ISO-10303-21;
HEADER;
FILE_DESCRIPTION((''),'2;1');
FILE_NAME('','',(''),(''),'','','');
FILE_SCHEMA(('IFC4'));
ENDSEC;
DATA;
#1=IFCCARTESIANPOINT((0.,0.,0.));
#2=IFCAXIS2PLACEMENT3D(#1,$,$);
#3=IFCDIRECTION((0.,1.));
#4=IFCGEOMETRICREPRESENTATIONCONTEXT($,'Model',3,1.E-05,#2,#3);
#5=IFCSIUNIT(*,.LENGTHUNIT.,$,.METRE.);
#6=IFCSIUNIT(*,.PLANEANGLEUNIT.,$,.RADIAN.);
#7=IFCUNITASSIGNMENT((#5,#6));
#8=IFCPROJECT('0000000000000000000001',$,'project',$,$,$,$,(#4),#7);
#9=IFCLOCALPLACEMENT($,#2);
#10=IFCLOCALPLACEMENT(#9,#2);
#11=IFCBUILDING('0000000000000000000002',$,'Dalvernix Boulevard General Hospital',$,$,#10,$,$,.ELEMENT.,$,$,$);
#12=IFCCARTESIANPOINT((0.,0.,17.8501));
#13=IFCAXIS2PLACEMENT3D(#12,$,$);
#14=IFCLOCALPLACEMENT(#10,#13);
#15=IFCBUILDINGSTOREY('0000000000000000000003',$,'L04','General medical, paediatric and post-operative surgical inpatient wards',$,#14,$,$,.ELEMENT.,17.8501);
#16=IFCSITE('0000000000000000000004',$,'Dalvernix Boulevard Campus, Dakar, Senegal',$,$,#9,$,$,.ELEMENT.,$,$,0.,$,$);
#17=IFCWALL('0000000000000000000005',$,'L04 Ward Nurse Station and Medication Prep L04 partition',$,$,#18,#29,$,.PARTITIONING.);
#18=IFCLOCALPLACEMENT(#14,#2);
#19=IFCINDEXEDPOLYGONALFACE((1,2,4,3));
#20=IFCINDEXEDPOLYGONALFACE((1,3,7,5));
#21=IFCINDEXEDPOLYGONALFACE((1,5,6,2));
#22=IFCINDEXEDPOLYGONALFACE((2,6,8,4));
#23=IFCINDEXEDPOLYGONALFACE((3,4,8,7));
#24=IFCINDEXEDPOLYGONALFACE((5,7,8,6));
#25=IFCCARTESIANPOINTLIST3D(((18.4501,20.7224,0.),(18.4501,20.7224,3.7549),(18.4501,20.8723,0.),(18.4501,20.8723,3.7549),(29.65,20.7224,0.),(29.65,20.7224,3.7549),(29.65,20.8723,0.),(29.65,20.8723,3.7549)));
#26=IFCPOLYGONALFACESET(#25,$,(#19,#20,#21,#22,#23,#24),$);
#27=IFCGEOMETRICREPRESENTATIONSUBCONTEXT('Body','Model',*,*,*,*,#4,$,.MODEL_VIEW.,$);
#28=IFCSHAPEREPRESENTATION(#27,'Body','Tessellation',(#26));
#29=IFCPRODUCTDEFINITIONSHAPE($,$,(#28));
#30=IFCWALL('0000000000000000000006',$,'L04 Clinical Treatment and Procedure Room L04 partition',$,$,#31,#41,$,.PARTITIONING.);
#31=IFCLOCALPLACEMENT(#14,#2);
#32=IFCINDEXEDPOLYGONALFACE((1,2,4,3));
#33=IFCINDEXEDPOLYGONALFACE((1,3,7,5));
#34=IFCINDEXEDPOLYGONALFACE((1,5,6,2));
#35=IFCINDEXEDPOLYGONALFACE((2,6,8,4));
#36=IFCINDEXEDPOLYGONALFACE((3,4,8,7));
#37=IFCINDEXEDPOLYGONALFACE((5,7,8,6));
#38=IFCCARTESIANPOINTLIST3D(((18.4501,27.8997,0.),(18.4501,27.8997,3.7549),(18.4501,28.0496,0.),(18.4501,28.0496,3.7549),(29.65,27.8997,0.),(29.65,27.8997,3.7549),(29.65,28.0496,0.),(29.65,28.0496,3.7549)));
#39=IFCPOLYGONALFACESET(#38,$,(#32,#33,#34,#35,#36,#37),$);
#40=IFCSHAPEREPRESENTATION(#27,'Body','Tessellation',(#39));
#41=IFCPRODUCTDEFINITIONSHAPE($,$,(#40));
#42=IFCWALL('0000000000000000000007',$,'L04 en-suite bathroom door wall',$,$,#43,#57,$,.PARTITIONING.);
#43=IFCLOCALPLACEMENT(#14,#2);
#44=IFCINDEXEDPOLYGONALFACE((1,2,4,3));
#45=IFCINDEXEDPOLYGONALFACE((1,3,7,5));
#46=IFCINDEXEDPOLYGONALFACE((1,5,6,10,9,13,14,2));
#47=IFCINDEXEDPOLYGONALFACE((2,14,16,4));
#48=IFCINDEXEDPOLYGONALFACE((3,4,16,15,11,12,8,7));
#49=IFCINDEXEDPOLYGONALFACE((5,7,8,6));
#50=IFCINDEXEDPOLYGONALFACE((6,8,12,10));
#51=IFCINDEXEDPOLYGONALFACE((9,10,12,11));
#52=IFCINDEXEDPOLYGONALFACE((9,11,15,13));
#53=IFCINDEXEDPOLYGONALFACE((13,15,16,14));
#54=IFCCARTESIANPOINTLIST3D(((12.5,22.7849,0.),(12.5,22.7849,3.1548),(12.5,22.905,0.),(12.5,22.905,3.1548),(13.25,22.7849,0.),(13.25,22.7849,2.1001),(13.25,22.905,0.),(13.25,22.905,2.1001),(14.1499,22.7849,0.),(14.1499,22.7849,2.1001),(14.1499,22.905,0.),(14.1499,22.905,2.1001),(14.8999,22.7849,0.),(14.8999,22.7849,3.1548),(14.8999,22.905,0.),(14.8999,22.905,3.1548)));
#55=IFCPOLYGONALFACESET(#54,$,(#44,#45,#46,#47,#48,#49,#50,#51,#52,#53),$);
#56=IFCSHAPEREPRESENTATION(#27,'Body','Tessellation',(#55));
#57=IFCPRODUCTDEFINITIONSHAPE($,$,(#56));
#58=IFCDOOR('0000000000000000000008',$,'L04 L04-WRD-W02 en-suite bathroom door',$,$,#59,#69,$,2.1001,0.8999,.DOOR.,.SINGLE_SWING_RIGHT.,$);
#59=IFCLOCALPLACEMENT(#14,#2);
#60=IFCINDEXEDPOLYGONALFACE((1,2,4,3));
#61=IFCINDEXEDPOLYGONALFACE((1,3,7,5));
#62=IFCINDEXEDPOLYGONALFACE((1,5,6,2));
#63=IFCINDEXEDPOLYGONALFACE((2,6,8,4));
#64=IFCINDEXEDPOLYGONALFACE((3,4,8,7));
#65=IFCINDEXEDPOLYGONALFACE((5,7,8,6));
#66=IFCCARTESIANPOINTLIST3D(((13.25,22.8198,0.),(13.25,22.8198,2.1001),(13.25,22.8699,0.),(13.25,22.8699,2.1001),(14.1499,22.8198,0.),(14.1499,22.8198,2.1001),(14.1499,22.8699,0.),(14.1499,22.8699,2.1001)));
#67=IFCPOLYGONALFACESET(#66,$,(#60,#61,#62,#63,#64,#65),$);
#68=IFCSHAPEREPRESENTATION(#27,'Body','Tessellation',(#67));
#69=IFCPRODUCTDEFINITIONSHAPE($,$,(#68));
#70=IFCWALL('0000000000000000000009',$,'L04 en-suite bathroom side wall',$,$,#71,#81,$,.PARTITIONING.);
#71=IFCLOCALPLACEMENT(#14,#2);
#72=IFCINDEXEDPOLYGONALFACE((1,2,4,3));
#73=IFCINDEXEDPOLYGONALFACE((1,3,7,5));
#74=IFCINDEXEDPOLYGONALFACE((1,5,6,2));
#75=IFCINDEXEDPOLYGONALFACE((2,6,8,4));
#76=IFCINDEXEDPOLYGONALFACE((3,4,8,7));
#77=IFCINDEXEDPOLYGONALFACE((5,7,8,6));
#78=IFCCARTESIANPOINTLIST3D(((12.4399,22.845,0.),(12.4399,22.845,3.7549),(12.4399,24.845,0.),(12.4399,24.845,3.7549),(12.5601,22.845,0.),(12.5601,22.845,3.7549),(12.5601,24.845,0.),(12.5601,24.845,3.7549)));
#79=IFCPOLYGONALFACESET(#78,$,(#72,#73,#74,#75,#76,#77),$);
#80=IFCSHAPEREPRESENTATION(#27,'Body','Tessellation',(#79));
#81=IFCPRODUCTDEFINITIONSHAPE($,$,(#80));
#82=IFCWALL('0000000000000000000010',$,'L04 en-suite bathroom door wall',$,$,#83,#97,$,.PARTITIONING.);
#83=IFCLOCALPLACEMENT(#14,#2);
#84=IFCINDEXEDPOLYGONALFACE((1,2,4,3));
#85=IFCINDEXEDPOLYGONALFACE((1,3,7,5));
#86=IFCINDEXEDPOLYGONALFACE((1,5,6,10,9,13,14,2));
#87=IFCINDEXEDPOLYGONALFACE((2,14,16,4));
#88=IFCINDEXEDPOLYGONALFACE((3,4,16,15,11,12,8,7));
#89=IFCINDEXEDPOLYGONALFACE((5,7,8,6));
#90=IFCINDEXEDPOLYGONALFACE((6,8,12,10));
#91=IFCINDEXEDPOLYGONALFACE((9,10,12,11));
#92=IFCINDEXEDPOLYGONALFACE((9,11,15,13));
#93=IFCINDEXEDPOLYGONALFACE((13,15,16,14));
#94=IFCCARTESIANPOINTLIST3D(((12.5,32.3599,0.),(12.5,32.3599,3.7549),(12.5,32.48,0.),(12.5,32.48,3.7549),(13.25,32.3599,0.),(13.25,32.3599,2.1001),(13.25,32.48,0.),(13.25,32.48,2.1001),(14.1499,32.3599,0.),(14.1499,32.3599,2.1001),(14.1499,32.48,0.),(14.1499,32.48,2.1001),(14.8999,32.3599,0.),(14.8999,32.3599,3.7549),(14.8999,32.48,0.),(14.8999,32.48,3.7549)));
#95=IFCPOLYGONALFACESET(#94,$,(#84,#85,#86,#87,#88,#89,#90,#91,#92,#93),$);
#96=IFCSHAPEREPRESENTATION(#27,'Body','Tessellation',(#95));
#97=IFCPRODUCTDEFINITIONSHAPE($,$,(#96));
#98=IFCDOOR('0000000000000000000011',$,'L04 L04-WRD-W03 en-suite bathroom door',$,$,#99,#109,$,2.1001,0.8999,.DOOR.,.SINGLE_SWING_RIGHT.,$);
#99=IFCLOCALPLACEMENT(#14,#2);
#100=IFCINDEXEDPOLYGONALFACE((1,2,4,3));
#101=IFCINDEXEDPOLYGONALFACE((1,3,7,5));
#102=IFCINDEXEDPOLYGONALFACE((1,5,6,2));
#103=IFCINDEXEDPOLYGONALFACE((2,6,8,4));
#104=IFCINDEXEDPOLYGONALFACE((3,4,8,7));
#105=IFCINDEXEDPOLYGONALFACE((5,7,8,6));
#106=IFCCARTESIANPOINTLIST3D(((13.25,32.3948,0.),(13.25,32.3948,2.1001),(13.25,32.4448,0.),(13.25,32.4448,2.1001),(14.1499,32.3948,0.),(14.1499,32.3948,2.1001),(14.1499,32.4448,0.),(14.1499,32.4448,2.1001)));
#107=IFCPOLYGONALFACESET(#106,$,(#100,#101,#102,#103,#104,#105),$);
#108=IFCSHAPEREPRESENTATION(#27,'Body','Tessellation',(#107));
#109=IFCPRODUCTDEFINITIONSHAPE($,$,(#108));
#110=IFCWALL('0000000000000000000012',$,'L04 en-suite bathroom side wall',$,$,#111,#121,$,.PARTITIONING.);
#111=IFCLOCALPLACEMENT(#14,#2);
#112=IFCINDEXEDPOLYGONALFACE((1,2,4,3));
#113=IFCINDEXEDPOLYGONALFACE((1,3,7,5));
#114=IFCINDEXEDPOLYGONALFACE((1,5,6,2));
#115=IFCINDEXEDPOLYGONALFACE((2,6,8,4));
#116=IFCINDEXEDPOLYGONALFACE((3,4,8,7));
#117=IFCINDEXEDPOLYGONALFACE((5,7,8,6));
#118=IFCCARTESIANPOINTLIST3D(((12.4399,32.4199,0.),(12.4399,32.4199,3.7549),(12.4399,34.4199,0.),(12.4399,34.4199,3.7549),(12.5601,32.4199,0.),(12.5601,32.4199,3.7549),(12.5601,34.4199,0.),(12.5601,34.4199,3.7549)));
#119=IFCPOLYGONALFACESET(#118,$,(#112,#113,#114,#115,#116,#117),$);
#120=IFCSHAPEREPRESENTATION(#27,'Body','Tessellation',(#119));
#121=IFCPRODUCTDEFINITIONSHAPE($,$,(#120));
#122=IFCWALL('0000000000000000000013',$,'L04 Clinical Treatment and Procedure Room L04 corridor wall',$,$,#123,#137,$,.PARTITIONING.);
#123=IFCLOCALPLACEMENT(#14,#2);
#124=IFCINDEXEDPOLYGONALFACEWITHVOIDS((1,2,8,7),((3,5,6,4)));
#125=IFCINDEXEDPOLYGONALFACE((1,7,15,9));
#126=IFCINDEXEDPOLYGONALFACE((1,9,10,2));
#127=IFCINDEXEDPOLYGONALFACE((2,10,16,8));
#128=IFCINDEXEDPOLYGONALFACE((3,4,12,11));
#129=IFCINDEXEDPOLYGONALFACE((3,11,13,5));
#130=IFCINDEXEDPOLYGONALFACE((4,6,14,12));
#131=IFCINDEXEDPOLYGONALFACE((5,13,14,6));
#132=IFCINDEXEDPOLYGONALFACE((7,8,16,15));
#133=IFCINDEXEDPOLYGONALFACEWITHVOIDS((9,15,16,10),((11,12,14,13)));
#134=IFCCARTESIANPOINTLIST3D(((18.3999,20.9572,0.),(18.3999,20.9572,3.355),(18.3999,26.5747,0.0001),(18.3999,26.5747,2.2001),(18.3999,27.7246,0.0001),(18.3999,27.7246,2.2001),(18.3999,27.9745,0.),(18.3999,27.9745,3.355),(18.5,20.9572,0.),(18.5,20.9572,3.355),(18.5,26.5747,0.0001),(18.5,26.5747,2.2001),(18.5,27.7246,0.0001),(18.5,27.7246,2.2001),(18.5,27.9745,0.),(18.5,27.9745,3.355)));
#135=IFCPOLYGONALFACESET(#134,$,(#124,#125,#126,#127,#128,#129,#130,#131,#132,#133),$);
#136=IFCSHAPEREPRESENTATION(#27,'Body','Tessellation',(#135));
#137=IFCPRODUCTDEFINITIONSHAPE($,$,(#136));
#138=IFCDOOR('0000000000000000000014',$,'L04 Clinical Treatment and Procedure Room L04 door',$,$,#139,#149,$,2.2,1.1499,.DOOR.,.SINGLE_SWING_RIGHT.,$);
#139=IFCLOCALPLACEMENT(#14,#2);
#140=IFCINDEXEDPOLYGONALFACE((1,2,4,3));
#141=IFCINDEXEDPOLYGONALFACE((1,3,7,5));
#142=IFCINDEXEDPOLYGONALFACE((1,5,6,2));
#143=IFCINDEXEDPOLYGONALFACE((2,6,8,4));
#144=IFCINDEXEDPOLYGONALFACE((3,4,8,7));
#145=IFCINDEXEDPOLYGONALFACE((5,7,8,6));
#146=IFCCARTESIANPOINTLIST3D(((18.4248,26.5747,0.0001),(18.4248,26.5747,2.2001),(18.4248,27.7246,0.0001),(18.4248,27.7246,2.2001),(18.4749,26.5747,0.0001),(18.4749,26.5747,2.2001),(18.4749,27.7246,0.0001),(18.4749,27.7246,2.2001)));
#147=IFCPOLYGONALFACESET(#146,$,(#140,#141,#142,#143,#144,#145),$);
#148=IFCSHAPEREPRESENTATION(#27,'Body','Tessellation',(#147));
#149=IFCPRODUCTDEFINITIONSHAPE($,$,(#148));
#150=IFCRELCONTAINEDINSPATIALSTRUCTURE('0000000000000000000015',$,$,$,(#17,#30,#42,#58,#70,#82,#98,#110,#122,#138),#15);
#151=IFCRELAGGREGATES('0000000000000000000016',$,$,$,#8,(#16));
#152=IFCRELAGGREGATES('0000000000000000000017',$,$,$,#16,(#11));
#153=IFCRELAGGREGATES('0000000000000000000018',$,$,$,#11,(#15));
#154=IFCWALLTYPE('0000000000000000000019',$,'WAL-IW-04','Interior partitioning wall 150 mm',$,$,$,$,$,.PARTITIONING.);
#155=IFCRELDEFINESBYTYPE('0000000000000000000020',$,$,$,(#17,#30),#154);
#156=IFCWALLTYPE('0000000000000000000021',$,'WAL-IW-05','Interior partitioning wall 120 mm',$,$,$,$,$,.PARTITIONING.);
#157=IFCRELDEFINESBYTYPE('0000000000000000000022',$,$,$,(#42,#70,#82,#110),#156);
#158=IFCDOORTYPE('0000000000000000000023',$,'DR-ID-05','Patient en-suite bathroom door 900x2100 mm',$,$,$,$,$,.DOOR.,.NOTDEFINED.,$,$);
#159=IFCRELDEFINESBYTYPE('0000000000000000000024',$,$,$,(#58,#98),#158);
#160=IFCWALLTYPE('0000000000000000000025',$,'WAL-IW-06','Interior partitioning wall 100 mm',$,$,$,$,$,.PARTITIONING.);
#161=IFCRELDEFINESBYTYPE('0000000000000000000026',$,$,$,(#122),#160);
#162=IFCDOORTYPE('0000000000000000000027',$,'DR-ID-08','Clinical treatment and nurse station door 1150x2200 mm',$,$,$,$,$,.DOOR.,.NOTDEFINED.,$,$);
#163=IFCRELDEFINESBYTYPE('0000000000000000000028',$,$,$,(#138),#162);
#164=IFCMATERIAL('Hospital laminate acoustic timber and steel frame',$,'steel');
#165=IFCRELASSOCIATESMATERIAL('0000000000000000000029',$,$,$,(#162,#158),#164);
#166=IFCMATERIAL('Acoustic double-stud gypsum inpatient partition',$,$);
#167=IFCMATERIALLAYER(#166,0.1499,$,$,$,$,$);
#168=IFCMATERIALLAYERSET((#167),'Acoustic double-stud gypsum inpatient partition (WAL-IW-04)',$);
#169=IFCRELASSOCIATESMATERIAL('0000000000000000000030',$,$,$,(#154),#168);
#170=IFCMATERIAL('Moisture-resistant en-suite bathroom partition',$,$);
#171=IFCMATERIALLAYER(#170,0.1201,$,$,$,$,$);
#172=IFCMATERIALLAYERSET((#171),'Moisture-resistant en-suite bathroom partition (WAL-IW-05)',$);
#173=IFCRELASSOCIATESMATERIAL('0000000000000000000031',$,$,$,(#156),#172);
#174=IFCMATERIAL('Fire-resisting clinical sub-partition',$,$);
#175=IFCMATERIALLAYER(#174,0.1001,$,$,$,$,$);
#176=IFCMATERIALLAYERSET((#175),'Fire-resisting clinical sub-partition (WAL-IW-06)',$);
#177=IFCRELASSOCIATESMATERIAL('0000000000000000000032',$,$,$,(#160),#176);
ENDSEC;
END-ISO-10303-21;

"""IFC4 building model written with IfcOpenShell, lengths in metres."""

from ifc_helpers import new_model, si_unit, direction, frame, frame_2d, origin, place, context, subcontext, project, spatial, rectangle, extrude, material, layer, layer_set, type_object, element, fill, save


model = new_model("IFC4")

# Units and contexts
model_context = context("Model", 3, precision=1e-05, world=origin(), true_north=direction((0.0, 1.0)))
body_context = subcontext(model_context, "Body", "Model", "MODEL_VIEW")
ifc_project = project(units=[si_unit("LENGTHUNIT", "METRE"), si_unit("PLANEANGLEUNIT", "RADIAN")], contexts=[model_context])

# Site, building, storey
site_placement = place(None, origin())
site = spatial("IfcSite", under=ifc_project, at=site_placement, Name="Dalvernix Boulevard Campus, Dakar, Senegal", CompositionType="ELEMENT", RefElevation=0.0)
building_placement = place(site_placement, origin())
building = spatial("IfcBuilding", under=site, at=building_placement, Name="Dalvernix Boulevard General Hospital", CompositionType="ELEMENT")
storey_placement = place(building_placement, frame((0.0, 0.0, 17.8501)))
storey = spatial("IfcBuildingStorey", under=building, at=storey_placement, Name="L04", Description="General medical, paediatric and post-operative surgical inpatient wards", CompositionType="ELEMENT", Elevation=17.8501)

# Shared definitions
ifc_material_1 = material(Name="Hospital laminate acoustic timber and steel frame", Category="steel")
door_type_1 = type_object("IfcDoorType", Name="DR-ID-08", Description="Clinical treatment and nurse station door 1150x2200 mm", OperationType="NOTDEFINED", PredefinedType="DOOR", material=ifc_material_1)
ifc_material_2 = material(Name="Acoustic double-stud gypsum inpatient partition")
ifc_layer_1 = layer(ifc_material_2, 0.1499)
ifc_layer_set_1 = layer_set([ifc_layer_1], Name="Acoustic double-stud gypsum inpatient partition (WAL-IW-04)")
wall_type_1 = type_object("IfcWallType", Name="WAL-IW-04", Description="Interior partitioning wall 150 mm", PredefinedType="PARTITIONING", material=ifc_layer_set_1)

# Walls
for number, where, z_axis, x_axis, name in (
    (1, (18.45, 20.7974, 0.0), (0.0, 0.0, 1.0), (1.0, 0.0, 0.0), "L04 Ward Nurse Station and Medication Prep L04 partition"),
    (2, (18.45, 27.9746, 0.0), (0.0, 0.0, 1.0), (1.0, 0.0, 0.0), "L04 Clinical Treatment and Procedure Room L04 partition"),
):
    element("IfcWall", number, at=place(storey_placement, frame(where, z_axis=z_axis, x_axis=x_axis)), inside=storey, type_object=wall_type_1, Name=name, PredefinedType="PARTITIONING", context=body_context, shape_type="SweptSolid", body=[
        extrude(rectangle(XDim=11.2, YDim=0.1499, at=frame_2d((5.6001, 0.0))), origin(), (0.0, 0.0, 1.0), 3.7549),
    ])

# Wall, opening, door
ifc_material_3 = material(Name="Moisture-resistant en-suite bathroom partition")
ifc_layer_2 = layer(ifc_material_3, 0.1201)
ifc_layer_set_2 = layer_set([ifc_layer_2], Name="Moisture-resistant en-suite bathroom partition (WAL-IW-05)")
wall_type_2 = type_object("IfcWallType", Name="WAL-IW-05", Description="Interior partitioning wall 120 mm", PredefinedType="PARTITIONING", material=ifc_layer_set_2)
wall_1_placement = place(storey_placement, frame((12.5, 22.845, 0.0), z_axis=(0.0, 0.0, 1.0), x_axis=(1.0, 0.0, 0.0)))
wall_1 = element("IfcWall", 3, at=wall_1_placement, inside=storey, type_object=wall_type_2, Name="L04 en-suite bathroom door wall", PredefinedType="PARTITIONING", context=body_context, shape_type="SweptSolid", body=[
    extrude(rectangle(XDim=2.3999, YDim=0.1201, at=frame_2d((1.2, 0.0))), origin(), (0.0, 0.0, 1.0), 3.1548),
])
opening_1_placement = place(wall_1_placement, frame((0.75, 0.0, 0.0)))
opening_1 = element("IfcOpeningElement", 4, at=opening_1_placement, cuts=wall_1, PredefinedType="OPENING", context=body_context, shape_type="SweptSolid", body=[
    extrude(rectangle(XDim=0.8999, YDim=2.1001, at=frame_2d((0.45, 1.05))), frame((0.0, 0.0701, 0.0), z_axis=(0.0, -1.0, 0.0), x_axis=(1.0, 0.0, 0.0)), (0.0, 0.0, 1.0), 0.1401),
])
door_type_2 = type_object("IfcDoorType", Name="DR-ID-05", Description="Patient en-suite bathroom door 900x2100 mm", OperationType="NOTDEFINED", PredefinedType="DOOR", material=ifc_material_1)
door_1_placement = place(opening_1_placement, origin())
door_1 = element("IfcDoor", 5, at=door_1_placement, inside=storey, type_object=door_type_2, Name="L04 L04-WRD-W02 en-suite bathroom door", OperationType="SINGLE_SWING_RIGHT", OverallHeight=2.1001, OverallWidth=0.8999, PredefinedType="DOOR", context=body_context, shape_type="SweptSolid", body=[
    extrude(rectangle(XDim=0.8999, YDim=2.1001, at=frame_2d((0.45, 1.05))), frame((0.0, 0.0249, 0.0), z_axis=(0.0, -1.0, 0.0), x_axis=(1.0, 0.0, 0.0)), (0.0, 0.0, 1.0), 0.05),
])
fill(opening_1, door_1)

# Wall
wall_2_placement = place(storey_placement, frame((12.5, 22.845, 0.0), z_axis=(0.0, 0.0, 1.0), x_axis=(0.0, 1.0, 0.0)))
element("IfcWall", 6, at=wall_2_placement, inside=storey, type_object=wall_type_2, Name="L04 en-suite bathroom side wall", PredefinedType="PARTITIONING", context=body_context, shape_type="SweptSolid", body=[
    extrude(rectangle(XDim=2.0, YDim=0.1201, at=frame_2d((1.0, 0.0))), origin(), (0.0, 0.0, 1.0), 3.7549),
])

# Wall, opening, door
wall_3_placement = place(storey_placement, frame((12.5, 32.4199, 0.0), z_axis=(0.0, 0.0, 1.0), x_axis=(1.0, 0.0, 0.0)))
wall_3 = element("IfcWall", 7, at=wall_3_placement, inside=storey, type_object=wall_type_2, Name="L04 en-suite bathroom door wall", PredefinedType="PARTITIONING", context=body_context, shape_type="SweptSolid", body=[
    extrude(rectangle(XDim=2.3999, YDim=0.1201, at=frame_2d((1.2, 0.0))), origin(), (0.0, 0.0, 1.0), 3.7549),
])
opening_2_placement = place(wall_3_placement, frame((0.75, 0.0, 0.0)))
opening_2 = element("IfcOpeningElement", 8, at=opening_2_placement, cuts=wall_3, PredefinedType="OPENING", context=body_context, shape_type="SweptSolid", body=[
    extrude(rectangle(XDim=0.8999, YDim=2.1001, at=frame_2d((0.45, 1.05))), frame((0.0, 0.0701, 0.0), z_axis=(0.0, -1.0, 0.0), x_axis=(1.0, 0.0, 0.0)), (0.0, 0.0, 1.0), 0.1401),
])
door_2_placement = place(opening_2_placement, origin())
door_2 = element("IfcDoor", 9, at=door_2_placement, inside=storey, type_object=door_type_2, Name="L04 L04-WRD-W03 en-suite bathroom door", OperationType="SINGLE_SWING_RIGHT", OverallHeight=2.1001, OverallWidth=0.8999, PredefinedType="DOOR", context=body_context, shape_type="SweptSolid", body=[
    extrude(rectangle(XDim=0.8999, YDim=2.1001, at=frame_2d((0.45, 1.05))), frame((0.0, 0.0249, 0.0), z_axis=(0.0, -1.0, 0.0), x_axis=(1.0, 0.0, 0.0)), (0.0, 0.0, 1.0), 0.05),
])
fill(opening_2, door_2)

# Wall
wall_4_placement = place(storey_placement, frame((12.5, 32.4199, 0.0), z_axis=(0.0, 0.0, 1.0), x_axis=(0.0, 1.0, 0.0)))
element("IfcWall", 10, at=wall_4_placement, inside=storey, type_object=wall_type_2, Name="L04 en-suite bathroom side wall", PredefinedType="PARTITIONING", context=body_context, shape_type="SweptSolid", body=[
    extrude(rectangle(XDim=2.0, YDim=0.1201, at=frame_2d((1.0, 0.0))), origin(), (0.0, 0.0, 1.0), 3.7549),
])

# Wall, opening, door
ifc_material_4 = material(Name="Fire-resisting clinical sub-partition")
ifc_layer_3 = layer(ifc_material_4, 0.1001)
ifc_layer_set_3 = layer_set([ifc_layer_3], Name="Fire-resisting clinical sub-partition (WAL-IW-06)")
wall_type_3 = type_object("IfcWallType", Name="WAL-IW-06", Description="Interior partitioning wall 100 mm", PredefinedType="PARTITIONING", material=ifc_layer_set_3)
wall_5_placement = place(storey_placement, frame((18.45, 27.9746, 0.0), z_axis=(0.0, 0.0, 1.0), x_axis=(0.0, -1.0, 0.0)))
wall_5 = element("IfcWall", 11, at=wall_5_placement, inside=storey, type_object=wall_type_3, Name="L04 Clinical Treatment and Procedure Room L04 corridor wall", PredefinedType="PARTITIONING", context=body_context, shape_type="SweptSolid", body=[
    extrude(rectangle(XDim=7.0173, YDim=0.1001, at=frame_2d((3.5088, 0.0))), origin(), (0.0, 0.0, 1.0), 3.355),
])
opening_3_placement = place(wall_5_placement, frame((0.25, 0.0, 0.0)))
opening_3 = element("IfcOpeningElement", 12, at=opening_3_placement, cuts=wall_5, PredefinedType="OPENING", context=body_context, shape_type="SweptSolid", body=[
    extrude(rectangle(XDim=1.1499, YDim=2.2, at=frame_2d((0.575, 1.1001))), frame((0.0, 0.0601, 0.0), z_axis=(0.0, -1.0, 0.0), x_axis=(1.0, 0.0, 0.0)), (0.0, 0.0, 1.0), 0.1201),
])
door_3_placement = place(opening_3_placement, origin())
door_3 = element("IfcDoor", 13, at=door_3_placement, inside=storey, type_object=door_type_1, Name="L04 Clinical Treatment and Procedure Room L04 door", OperationType="SINGLE_SWING_RIGHT", OverallHeight=2.2, OverallWidth=1.1499, PredefinedType="DOOR", context=body_context, shape_type="SweptSolid", body=[
    extrude(rectangle(XDim=1.1499, YDim=2.2, at=frame_2d((0.575, 1.1001))), frame((0.0, 0.0249, 0.0), z_axis=(0.0, -1.0, 0.0), x_axis=(1.0, 0.0, 0.0)), (0.0, 0.0, 1.0), 0.05),
])
fill(opening_3, door_3)

save(model, "model.ifc")
